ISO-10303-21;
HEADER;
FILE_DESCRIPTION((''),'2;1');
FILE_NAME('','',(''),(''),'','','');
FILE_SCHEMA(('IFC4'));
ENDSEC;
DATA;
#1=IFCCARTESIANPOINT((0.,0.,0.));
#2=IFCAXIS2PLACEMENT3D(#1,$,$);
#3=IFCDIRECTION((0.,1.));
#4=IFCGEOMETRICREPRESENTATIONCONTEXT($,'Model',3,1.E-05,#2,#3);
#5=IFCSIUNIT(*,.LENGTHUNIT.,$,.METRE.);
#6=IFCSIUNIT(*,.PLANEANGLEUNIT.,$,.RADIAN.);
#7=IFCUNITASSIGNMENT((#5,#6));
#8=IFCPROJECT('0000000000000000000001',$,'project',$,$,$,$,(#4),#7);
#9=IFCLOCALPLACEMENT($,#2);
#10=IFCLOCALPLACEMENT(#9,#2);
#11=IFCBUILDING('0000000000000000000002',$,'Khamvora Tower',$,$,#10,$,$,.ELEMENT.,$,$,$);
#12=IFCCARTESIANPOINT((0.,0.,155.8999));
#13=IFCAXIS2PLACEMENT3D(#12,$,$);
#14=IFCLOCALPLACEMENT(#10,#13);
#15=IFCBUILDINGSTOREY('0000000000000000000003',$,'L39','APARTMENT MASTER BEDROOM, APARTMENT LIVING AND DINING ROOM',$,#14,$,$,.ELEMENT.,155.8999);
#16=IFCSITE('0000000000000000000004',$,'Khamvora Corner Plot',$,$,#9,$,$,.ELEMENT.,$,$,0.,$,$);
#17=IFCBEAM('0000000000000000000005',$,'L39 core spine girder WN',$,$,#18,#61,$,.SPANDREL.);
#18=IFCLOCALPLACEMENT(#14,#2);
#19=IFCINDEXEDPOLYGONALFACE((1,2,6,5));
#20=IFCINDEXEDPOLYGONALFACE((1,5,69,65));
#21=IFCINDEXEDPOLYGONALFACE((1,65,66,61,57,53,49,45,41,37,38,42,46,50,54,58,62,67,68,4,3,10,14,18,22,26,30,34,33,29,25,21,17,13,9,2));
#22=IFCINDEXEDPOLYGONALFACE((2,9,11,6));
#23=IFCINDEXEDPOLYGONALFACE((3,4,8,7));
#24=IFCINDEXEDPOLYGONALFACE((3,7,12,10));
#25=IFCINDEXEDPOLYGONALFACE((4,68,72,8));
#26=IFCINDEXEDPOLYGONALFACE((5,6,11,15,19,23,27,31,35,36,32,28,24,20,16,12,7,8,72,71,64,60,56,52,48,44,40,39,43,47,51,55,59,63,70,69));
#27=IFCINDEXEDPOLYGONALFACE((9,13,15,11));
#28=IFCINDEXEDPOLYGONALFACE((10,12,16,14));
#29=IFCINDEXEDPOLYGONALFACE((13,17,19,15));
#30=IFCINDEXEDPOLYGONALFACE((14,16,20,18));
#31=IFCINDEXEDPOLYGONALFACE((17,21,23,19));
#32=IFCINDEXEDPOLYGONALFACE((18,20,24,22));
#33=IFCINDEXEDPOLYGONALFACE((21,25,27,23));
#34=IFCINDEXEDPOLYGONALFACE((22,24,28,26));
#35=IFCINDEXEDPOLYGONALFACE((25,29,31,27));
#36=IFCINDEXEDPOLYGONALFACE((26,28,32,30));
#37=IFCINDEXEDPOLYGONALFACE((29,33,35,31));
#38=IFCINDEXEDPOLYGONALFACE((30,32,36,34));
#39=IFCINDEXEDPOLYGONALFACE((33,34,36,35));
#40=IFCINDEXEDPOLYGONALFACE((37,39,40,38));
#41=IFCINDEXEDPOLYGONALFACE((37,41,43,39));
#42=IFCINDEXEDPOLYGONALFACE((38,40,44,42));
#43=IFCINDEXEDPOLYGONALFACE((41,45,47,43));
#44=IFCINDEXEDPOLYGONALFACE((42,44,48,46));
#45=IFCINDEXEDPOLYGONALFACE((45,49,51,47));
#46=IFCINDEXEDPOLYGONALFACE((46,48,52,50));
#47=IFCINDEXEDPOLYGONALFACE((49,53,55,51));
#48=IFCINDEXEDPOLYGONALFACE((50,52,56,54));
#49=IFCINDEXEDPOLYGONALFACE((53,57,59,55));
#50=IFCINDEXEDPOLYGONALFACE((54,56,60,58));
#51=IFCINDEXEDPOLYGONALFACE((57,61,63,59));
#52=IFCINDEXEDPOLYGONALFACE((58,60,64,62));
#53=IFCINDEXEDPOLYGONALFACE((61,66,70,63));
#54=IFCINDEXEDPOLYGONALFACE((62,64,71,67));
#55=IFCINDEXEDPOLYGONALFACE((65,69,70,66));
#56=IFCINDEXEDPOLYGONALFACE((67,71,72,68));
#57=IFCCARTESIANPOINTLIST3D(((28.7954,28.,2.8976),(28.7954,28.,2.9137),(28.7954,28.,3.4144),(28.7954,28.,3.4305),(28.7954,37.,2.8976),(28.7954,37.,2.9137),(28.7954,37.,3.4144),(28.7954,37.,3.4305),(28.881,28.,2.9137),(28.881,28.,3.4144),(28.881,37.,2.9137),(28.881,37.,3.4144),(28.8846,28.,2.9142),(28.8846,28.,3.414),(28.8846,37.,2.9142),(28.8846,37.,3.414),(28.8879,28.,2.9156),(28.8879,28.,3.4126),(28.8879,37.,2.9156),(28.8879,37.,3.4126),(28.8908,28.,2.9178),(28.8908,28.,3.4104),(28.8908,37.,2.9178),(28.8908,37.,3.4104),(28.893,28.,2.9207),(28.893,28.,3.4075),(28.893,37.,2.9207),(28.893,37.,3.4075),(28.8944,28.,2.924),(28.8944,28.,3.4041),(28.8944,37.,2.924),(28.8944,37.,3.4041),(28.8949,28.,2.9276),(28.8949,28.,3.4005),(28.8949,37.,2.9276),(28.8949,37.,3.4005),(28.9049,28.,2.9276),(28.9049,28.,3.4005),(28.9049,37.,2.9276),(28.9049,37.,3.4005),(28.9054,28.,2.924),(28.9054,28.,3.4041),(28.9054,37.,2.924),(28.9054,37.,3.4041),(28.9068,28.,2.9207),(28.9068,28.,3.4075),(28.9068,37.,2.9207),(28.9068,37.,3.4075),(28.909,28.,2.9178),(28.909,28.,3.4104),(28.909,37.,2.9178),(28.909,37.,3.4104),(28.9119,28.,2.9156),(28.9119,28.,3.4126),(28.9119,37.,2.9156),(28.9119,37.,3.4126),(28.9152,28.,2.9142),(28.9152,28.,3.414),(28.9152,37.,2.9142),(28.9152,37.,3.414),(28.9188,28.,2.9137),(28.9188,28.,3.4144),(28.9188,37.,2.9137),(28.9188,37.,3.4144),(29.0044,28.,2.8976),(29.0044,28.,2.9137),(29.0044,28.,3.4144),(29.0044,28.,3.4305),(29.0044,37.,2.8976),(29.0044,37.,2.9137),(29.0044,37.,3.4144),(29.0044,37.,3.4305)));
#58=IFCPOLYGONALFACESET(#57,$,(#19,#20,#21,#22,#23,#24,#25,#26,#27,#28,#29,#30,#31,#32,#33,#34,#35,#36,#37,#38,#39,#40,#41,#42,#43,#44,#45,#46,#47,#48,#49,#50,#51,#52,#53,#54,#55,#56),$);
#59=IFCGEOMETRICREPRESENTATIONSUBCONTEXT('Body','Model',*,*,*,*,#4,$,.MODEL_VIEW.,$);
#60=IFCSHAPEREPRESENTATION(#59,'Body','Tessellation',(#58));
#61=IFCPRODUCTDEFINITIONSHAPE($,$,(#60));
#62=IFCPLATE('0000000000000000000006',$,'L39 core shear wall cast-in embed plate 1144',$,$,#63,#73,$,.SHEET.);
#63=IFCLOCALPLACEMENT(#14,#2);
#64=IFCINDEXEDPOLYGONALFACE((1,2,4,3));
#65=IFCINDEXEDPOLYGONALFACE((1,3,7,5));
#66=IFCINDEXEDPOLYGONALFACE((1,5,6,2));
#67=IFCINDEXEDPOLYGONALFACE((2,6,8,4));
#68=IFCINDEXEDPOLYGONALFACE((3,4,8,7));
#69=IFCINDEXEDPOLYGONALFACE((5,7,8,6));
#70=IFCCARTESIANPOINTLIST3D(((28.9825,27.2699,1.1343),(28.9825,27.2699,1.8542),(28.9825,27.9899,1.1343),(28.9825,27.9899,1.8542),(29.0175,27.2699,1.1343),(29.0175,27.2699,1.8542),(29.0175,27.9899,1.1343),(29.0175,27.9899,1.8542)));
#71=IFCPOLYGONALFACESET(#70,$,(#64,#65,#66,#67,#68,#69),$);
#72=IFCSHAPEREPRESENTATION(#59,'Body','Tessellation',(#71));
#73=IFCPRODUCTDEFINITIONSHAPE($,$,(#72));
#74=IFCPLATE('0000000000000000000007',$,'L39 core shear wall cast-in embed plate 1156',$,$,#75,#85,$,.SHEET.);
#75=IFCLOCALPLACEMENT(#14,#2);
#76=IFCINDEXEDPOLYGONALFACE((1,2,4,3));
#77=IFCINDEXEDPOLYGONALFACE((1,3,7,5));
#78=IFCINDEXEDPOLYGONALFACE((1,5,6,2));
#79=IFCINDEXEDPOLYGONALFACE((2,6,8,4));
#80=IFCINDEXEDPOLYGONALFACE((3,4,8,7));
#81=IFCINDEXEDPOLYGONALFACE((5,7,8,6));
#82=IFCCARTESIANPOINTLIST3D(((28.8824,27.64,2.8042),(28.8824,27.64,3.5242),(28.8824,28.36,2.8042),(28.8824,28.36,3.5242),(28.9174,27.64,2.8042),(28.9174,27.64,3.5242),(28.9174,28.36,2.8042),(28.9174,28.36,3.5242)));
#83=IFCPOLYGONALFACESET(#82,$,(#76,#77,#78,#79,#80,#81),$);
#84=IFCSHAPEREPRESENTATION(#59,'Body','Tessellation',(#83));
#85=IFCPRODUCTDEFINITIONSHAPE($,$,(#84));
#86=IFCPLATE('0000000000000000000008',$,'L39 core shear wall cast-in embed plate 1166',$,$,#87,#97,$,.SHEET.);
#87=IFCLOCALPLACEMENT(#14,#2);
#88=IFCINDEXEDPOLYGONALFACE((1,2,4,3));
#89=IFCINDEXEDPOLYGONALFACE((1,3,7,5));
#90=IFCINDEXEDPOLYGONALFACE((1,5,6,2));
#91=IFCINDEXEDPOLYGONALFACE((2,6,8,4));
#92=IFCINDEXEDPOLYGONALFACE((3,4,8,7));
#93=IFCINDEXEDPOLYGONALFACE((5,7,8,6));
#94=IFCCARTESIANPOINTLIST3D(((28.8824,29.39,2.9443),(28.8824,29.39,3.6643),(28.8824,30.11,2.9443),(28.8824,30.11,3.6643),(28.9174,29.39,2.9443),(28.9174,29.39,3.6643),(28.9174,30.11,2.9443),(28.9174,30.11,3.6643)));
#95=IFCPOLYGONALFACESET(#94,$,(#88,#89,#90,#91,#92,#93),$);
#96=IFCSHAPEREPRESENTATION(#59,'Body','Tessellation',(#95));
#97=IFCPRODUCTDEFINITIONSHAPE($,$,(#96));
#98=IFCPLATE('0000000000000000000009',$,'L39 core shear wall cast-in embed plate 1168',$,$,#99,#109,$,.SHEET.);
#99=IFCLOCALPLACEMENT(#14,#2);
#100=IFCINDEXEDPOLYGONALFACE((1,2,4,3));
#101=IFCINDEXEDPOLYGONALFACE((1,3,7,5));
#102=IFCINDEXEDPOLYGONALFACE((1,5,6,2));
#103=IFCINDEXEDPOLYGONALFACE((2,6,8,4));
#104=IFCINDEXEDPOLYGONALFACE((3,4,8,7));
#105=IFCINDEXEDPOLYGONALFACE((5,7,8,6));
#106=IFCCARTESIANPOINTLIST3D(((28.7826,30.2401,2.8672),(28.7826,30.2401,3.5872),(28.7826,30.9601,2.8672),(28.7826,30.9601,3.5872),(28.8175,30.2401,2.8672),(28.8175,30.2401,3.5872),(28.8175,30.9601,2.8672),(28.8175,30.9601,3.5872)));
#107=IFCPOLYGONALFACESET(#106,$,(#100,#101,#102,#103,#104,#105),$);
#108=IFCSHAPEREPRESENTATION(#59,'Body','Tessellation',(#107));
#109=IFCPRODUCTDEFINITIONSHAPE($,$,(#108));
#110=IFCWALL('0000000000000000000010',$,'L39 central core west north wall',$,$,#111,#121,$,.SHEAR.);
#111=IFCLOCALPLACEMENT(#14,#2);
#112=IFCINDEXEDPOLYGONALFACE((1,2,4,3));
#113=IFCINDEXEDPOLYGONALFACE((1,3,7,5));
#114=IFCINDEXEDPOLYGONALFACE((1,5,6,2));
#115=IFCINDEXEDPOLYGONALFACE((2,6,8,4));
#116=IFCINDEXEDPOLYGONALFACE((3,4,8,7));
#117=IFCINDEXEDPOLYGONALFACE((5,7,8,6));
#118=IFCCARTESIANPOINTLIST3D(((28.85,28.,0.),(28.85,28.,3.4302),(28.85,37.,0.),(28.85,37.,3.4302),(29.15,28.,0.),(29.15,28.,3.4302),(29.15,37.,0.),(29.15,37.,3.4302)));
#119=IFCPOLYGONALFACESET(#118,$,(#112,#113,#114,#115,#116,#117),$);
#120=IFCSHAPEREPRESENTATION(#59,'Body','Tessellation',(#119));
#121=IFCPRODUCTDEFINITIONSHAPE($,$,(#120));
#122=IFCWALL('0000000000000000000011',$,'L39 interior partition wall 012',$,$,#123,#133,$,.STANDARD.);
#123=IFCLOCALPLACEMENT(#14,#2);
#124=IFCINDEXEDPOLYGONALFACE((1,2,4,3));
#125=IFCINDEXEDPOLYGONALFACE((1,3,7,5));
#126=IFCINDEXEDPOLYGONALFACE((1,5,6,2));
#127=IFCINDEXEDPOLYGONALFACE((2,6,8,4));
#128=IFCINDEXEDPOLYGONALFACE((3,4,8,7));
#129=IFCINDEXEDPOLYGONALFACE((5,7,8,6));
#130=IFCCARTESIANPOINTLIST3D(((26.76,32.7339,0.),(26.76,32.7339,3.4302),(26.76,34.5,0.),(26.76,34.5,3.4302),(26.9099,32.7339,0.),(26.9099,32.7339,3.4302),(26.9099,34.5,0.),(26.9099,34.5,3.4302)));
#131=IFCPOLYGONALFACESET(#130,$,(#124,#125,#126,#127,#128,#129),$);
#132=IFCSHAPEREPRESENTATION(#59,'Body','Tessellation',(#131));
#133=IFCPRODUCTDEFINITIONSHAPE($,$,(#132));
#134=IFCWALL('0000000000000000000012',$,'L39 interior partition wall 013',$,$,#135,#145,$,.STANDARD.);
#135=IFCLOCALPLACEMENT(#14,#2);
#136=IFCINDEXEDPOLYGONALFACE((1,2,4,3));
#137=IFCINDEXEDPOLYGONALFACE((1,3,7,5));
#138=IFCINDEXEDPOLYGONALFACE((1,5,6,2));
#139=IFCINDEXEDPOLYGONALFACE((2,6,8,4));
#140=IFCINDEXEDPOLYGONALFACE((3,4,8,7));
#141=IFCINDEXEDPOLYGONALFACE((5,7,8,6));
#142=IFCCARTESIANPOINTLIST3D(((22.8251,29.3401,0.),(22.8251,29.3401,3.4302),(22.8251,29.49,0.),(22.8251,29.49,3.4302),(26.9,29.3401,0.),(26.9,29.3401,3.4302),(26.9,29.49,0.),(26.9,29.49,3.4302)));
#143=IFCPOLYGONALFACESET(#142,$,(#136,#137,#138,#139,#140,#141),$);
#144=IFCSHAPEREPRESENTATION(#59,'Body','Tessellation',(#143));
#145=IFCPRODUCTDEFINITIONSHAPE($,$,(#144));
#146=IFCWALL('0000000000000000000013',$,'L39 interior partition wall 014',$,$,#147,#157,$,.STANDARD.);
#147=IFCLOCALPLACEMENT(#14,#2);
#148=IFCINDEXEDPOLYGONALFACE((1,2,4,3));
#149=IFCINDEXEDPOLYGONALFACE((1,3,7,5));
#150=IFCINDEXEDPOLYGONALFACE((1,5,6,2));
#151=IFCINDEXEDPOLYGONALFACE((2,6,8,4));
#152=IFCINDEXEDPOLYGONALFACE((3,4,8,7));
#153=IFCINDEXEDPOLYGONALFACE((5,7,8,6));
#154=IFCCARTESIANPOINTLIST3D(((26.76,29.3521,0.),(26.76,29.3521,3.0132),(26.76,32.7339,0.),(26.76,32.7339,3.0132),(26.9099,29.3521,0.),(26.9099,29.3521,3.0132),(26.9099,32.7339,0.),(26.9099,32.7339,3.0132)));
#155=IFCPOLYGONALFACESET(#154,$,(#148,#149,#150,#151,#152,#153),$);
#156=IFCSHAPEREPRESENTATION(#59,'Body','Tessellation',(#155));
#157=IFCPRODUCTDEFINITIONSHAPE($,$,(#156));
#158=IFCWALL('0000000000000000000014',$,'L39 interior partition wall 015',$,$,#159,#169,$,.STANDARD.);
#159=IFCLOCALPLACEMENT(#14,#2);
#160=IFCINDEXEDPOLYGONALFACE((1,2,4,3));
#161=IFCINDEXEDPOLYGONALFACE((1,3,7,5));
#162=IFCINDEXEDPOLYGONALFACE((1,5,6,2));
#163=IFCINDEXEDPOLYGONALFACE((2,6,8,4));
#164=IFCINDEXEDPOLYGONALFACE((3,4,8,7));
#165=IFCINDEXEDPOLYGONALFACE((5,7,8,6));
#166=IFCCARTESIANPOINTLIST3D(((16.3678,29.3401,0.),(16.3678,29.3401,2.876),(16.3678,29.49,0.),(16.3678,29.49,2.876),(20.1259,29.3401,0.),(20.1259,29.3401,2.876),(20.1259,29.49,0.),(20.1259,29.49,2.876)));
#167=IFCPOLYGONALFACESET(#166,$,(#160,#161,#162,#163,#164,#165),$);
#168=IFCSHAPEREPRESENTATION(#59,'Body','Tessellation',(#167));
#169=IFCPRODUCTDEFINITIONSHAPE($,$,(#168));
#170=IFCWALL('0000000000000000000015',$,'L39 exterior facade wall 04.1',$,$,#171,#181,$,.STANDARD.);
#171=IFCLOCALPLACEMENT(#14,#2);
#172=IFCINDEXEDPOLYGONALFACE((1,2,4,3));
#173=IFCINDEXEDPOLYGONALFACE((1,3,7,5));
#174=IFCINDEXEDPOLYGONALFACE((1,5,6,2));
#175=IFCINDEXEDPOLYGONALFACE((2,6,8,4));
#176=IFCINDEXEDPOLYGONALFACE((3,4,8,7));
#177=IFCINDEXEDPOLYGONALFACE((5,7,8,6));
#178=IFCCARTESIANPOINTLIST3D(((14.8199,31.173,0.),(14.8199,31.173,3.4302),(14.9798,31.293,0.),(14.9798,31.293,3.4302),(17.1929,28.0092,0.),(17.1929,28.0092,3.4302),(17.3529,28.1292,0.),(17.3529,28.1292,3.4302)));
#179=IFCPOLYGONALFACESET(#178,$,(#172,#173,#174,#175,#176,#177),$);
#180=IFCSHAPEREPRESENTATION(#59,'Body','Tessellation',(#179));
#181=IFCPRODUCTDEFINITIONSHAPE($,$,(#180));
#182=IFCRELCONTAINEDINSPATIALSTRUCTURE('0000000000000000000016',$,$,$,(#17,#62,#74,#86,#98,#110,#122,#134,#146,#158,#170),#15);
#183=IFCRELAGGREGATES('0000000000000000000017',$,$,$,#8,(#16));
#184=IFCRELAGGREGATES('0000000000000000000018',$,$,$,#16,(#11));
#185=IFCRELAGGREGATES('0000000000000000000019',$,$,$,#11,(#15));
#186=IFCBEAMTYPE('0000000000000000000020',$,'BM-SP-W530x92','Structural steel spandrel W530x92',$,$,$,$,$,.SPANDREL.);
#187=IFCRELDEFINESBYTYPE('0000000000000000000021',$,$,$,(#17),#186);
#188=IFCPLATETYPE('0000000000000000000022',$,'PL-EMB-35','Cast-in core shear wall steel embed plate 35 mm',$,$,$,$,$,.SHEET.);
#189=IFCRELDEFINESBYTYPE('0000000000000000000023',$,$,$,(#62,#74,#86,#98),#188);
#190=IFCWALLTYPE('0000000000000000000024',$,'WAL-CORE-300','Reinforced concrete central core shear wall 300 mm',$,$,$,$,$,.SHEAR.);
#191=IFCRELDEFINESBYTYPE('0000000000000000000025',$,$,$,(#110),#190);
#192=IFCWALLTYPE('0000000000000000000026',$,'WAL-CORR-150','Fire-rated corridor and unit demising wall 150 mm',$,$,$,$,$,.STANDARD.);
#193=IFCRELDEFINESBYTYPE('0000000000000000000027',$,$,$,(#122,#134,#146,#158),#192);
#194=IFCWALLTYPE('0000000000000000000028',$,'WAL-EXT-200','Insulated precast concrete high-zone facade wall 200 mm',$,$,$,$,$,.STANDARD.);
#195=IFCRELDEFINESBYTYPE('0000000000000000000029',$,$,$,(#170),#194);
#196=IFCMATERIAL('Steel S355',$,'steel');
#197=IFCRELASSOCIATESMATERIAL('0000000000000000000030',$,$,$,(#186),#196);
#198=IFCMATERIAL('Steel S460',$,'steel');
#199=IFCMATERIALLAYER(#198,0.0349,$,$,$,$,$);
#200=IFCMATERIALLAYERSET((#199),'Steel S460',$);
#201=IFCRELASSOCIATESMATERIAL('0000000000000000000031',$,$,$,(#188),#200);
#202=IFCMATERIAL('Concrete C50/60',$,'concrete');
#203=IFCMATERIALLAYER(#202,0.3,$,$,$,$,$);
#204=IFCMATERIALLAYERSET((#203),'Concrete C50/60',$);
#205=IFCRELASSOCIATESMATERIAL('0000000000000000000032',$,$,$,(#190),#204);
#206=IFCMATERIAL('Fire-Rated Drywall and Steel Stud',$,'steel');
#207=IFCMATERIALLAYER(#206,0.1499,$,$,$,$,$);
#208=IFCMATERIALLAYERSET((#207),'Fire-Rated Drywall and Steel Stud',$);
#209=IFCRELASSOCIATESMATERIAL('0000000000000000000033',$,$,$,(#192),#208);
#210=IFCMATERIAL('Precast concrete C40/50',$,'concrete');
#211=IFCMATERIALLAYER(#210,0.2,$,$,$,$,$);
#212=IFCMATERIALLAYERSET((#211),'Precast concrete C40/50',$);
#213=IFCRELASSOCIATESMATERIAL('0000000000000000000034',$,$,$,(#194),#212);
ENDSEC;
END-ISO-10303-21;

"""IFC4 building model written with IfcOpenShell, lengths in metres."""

from ifc_helpers import new_model, si_unit, direction, frame, frame_2d, origin, origin_2d, place, context, subcontext, project, spatial, rectangle, i_section, extrude, material, layer, layer_set, material_profile, profile_set, type_object, element, save


model = new_model("IFC4")

# Units and contexts
model_context = context("Model", 3, precision=1e-05, world=origin(), true_north=direction((0.0, 1.0)))
body_context = subcontext(model_context, "Body", "Model", "MODEL_VIEW")
ifc_project = project(units=[si_unit("LENGTHUNIT", "METRE"), si_unit("PLANEANGLEUNIT", "RADIAN")], contexts=[model_context])

# Site, building, storey
site_placement = place(None, origin())
site = spatial("IfcSite", under=ifc_project, at=site_placement, Name="Khamvora Corner Plot", CompositionType="ELEMENT", RefElevation=0.0)
building_placement = place(site_placement, origin())
building = spatial("IfcBuilding", under=site, at=building_placement, Name="Khamvora Tower", CompositionType="ELEMENT")
storey_placement = place(building_placement, frame((0.0, 0.0, 155.8999)))
storey = spatial("IfcBuildingStorey", under=building, at=storey_placement, Name="L39", Description="APARTMENT MASTER BEDROOM, APARTMENT LIVING AND DINING ROOM", CompositionType="ELEMENT", Elevation=155.8999)

# Shared definitions
ifc_material_1 = material(Name="Steel S460", Category="steel")

# Beam
ifc_material_2 = material(Name="Steel S355", Category="steel")
ifc_material_profile_1 = material_profile(ifc_material_2, i_section(OverallWidth=0.209, OverallDepth=0.533, WebThickness=0.01, FlangeThickness=0.0161, FilletRadius=0.0139, at=origin_2d()), Name="W530x92")
ifc_profile_set_1 = profile_set([ifc_material_profile_1], Name="Steel S355")
beam_type_1 = type_object("IfcBeamType", Name="BM-SP-W530x92", Description="Structural steel spandrel W530x92", PredefinedType="SPANDREL", material=ifc_profile_set_1)
beam_1_placement = place(storey_placement, frame((28.8999, 28.0, 3.1641), z_axis=(0.0, 1.0, 0.0), x_axis=(-1.0, 0.0, 0.0)))
element("IfcBeam", 1, at=beam_1_placement, inside=storey, type_object=beam_type_1, Name="L39 core spine girder WN", PredefinedType="SPANDREL", context=body_context, shape_type="SweptSolid", body=[
    extrude(i_section(OverallWidth=0.209, OverallDepth=0.533, WebThickness=0.01, FlangeThickness=0.0161, FilletRadius=0.0139, at=origin_2d()), origin(), (0.0, 0.0, 1.0), 9.0),
])

# Plates
ifc_layer_1 = layer(ifc_material_1, 0.0349)
ifc_layer_set_1 = layer_set([ifc_layer_1], Name="Steel S460")
plate_type = type_object("IfcPlateType", Name="PL-EMB-35", Description="Cast-in core shear wall steel embed plate 35 mm", PredefinedType="SHEET", material=ifc_layer_set_1)
for number, where, z_axis, x_axis, name in (
    (2, (29.0, 27.6299, 1.1343), (0.0, 0.0, 1.0), (1.0, 0.0, 0.0), "L39 core shear wall cast-in embed plate 1144"),
    (3, (28.8999, 28.0, 2.8042), (0.0, 0.0, 1.0), (1.0, 0.0, 0.0), "L39 core shear wall cast-in embed plate 1156"),
    (4, (28.8999, 29.75, 2.9443), (0.0, 0.0, 1.0), (1.0, 0.0, 0.0), "L39 core shear wall cast-in embed plate 1166"),
    (5, (28.8, 30.6001, 2.8672), (0.0, 0.0, 1.0), (1.0, 0.0, 0.0), "L39 core shear wall cast-in embed plate 1168"),
):
    element("IfcPlate", number, at=place(storey_placement, frame(where, z_axis=z_axis, x_axis=x_axis)), inside=storey, type_object=plate_type, Name=name, PredefinedType="SHEET", context=body_context, shape_type="SweptSolid", body=[
        extrude(rectangle(XDim=0.0349, YDim=0.72, at=origin_2d()), origin(), (0.0, 0.0, 1.0), 0.72),
    ])

# Wall
ifc_material_3 = material(Name="Concrete C50/60", Category="concrete")
ifc_layer_2 = layer(ifc_material_3, 0.3)
ifc_layer_set_2 = layer_set([ifc_layer_2], Name="Concrete C50/60")
wall_type_1 = type_object("IfcWallType", Name="WAL-CORE-300", Description="Reinforced concrete central core shear wall 300 mm", PredefinedType="SHEAR", material=ifc_layer_set_2)
wall_1_placement = place(storey_placement, frame((29.0, 28.0, 0.0), z_axis=(0.0, 0.0, 1.0), x_axis=(0.0, 1.0, 0.0)))
element("IfcWall", 6, at=wall_1_placement, inside=storey, type_object=wall_type_1, Name="L39 central core west north wall", PredefinedType="SHEAR", context=body_context, shape_type="SweptSolid", body=[
    extrude(rectangle(XDim=9.0, YDim=0.3, at=frame_2d((4.5, 0.0))), origin(), (0.0, 0.0, 1.0), 3.4302),
])

# Shared definitions
ifc_material_4 = material(Name="Fire-Rated Drywall and Steel Stud", Category="steel")
ifc_layer_3 = layer(ifc_material_4, 0.1499)
ifc_layer_set_3 = layer_set([ifc_layer_3], Name="Fire-Rated Drywall and Steel Stud")
wall_type_2 = type_object("IfcWallType", Name="WAL-CORR-150", Description="Fire-rated corridor and unit demising wall 150 mm", PredefinedType="STANDARD", material=ifc_layer_set_3)

# Walls
wall_2_placement = place(storey_placement, frame((26.835, 32.7339, 0.0), z_axis=(0.0, 0.0, 1.0), x_axis=(0.0, 1.0, 0.0)))
element("IfcWall", 7, at=wall_2_placement, inside=storey, type_object=wall_type_2, Name="L39 interior partition wall 012", PredefinedType="STANDARD", context=body_context, shape_type="SweptSolid", body=[
    extrude(rectangle(XDim=1.7661, YDim=0.1499, at=frame_2d((0.8831, 0.0))), origin(), (0.0, 0.0, 1.0), 3.4302),
])
wall_3_placement = place(storey_placement, frame((22.825, 29.415, 0.0), z_axis=(0.0, 0.0, 1.0), x_axis=(1.0, 0.0, 0.0)))
element("IfcWall", 8, at=wall_3_placement, inside=storey, type_object=wall_type_2, Name="L39 interior partition wall 013", PredefinedType="STANDARD", context=body_context, shape_type="SweptSolid", body=[
    extrude(rectangle(XDim=4.075, YDim=0.1499, at=frame_2d((2.0376, 0.0))), origin(), (0.0, 0.0, 1.0), 3.4302),
])
wall_4_placement = place(storey_placement, frame((26.835, 29.3521, 0.0), z_axis=(0.0, 0.0, 1.0), x_axis=(0.0, 1.0, 0.0)))
element("IfcWall", 9, at=wall_4_placement, inside=storey, type_object=wall_type_2, Name="L39 interior partition wall 014", PredefinedType="STANDARD", context=body_context, shape_type="SweptSolid", body=[
    extrude(rectangle(XDim=3.3818, YDim=0.1499, at=frame_2d((1.6909, 0.0))), origin(), (0.0, 0.0, 1.0), 3.0132),
])
wall_5_placement = place(storey_placement, frame((16.3679, 29.415, 0.0), z_axis=(0.0, 0.0, 1.0), x_axis=(1.0, 0.0, 0.0)))
element("IfcWall", 10, at=wall_5_placement, inside=storey, type_object=wall_type_2, Name="L39 interior partition wall 015", PredefinedType="STANDARD", context=body_context, shape_type="SweptSolid", body=[
    extrude(rectangle(XDim=3.7581, YDim=0.1499, at=frame_2d((1.8789, 0.0))), origin(), (0.0, 0.0, 1.0), 2.876),
])
ifc_material_5 = material(Name="Precast concrete C40/50", Category="concrete")
ifc_layer_4 = layer(ifc_material_5, 0.2)
ifc_layer_set_4 = layer_set([ifc_layer_4], Name="Precast concrete C40/50")
wall_type_3 = type_object("IfcWallType", Name="WAL-EXT-200", Description="Insulated precast concrete high-zone facade wall 200 mm", PredefinedType="STANDARD", material=ifc_layer_set_4)
wall_6_placement = place(storey_placement, frame((17.2729, 28.0691, 0.0), z_axis=(0.0, 0.0, 1.0), x_axis=(-0.60003, 0.799978, 0.0)))
element("IfcWall", 11, at=wall_6_placement, inside=storey, type_object=wall_type_3, Name="L39 exterior facade wall 04.1", PredefinedType="STANDARD", context=body_context, shape_type="SweptSolid", body=[
    extrude(rectangle(XDim=3.9548, YDim=0.2, at=frame_2d((1.9775, 0.0))), origin(), (0.0, 0.0, 1.0), 3.4302),
])

save(model, "model.ifc")
